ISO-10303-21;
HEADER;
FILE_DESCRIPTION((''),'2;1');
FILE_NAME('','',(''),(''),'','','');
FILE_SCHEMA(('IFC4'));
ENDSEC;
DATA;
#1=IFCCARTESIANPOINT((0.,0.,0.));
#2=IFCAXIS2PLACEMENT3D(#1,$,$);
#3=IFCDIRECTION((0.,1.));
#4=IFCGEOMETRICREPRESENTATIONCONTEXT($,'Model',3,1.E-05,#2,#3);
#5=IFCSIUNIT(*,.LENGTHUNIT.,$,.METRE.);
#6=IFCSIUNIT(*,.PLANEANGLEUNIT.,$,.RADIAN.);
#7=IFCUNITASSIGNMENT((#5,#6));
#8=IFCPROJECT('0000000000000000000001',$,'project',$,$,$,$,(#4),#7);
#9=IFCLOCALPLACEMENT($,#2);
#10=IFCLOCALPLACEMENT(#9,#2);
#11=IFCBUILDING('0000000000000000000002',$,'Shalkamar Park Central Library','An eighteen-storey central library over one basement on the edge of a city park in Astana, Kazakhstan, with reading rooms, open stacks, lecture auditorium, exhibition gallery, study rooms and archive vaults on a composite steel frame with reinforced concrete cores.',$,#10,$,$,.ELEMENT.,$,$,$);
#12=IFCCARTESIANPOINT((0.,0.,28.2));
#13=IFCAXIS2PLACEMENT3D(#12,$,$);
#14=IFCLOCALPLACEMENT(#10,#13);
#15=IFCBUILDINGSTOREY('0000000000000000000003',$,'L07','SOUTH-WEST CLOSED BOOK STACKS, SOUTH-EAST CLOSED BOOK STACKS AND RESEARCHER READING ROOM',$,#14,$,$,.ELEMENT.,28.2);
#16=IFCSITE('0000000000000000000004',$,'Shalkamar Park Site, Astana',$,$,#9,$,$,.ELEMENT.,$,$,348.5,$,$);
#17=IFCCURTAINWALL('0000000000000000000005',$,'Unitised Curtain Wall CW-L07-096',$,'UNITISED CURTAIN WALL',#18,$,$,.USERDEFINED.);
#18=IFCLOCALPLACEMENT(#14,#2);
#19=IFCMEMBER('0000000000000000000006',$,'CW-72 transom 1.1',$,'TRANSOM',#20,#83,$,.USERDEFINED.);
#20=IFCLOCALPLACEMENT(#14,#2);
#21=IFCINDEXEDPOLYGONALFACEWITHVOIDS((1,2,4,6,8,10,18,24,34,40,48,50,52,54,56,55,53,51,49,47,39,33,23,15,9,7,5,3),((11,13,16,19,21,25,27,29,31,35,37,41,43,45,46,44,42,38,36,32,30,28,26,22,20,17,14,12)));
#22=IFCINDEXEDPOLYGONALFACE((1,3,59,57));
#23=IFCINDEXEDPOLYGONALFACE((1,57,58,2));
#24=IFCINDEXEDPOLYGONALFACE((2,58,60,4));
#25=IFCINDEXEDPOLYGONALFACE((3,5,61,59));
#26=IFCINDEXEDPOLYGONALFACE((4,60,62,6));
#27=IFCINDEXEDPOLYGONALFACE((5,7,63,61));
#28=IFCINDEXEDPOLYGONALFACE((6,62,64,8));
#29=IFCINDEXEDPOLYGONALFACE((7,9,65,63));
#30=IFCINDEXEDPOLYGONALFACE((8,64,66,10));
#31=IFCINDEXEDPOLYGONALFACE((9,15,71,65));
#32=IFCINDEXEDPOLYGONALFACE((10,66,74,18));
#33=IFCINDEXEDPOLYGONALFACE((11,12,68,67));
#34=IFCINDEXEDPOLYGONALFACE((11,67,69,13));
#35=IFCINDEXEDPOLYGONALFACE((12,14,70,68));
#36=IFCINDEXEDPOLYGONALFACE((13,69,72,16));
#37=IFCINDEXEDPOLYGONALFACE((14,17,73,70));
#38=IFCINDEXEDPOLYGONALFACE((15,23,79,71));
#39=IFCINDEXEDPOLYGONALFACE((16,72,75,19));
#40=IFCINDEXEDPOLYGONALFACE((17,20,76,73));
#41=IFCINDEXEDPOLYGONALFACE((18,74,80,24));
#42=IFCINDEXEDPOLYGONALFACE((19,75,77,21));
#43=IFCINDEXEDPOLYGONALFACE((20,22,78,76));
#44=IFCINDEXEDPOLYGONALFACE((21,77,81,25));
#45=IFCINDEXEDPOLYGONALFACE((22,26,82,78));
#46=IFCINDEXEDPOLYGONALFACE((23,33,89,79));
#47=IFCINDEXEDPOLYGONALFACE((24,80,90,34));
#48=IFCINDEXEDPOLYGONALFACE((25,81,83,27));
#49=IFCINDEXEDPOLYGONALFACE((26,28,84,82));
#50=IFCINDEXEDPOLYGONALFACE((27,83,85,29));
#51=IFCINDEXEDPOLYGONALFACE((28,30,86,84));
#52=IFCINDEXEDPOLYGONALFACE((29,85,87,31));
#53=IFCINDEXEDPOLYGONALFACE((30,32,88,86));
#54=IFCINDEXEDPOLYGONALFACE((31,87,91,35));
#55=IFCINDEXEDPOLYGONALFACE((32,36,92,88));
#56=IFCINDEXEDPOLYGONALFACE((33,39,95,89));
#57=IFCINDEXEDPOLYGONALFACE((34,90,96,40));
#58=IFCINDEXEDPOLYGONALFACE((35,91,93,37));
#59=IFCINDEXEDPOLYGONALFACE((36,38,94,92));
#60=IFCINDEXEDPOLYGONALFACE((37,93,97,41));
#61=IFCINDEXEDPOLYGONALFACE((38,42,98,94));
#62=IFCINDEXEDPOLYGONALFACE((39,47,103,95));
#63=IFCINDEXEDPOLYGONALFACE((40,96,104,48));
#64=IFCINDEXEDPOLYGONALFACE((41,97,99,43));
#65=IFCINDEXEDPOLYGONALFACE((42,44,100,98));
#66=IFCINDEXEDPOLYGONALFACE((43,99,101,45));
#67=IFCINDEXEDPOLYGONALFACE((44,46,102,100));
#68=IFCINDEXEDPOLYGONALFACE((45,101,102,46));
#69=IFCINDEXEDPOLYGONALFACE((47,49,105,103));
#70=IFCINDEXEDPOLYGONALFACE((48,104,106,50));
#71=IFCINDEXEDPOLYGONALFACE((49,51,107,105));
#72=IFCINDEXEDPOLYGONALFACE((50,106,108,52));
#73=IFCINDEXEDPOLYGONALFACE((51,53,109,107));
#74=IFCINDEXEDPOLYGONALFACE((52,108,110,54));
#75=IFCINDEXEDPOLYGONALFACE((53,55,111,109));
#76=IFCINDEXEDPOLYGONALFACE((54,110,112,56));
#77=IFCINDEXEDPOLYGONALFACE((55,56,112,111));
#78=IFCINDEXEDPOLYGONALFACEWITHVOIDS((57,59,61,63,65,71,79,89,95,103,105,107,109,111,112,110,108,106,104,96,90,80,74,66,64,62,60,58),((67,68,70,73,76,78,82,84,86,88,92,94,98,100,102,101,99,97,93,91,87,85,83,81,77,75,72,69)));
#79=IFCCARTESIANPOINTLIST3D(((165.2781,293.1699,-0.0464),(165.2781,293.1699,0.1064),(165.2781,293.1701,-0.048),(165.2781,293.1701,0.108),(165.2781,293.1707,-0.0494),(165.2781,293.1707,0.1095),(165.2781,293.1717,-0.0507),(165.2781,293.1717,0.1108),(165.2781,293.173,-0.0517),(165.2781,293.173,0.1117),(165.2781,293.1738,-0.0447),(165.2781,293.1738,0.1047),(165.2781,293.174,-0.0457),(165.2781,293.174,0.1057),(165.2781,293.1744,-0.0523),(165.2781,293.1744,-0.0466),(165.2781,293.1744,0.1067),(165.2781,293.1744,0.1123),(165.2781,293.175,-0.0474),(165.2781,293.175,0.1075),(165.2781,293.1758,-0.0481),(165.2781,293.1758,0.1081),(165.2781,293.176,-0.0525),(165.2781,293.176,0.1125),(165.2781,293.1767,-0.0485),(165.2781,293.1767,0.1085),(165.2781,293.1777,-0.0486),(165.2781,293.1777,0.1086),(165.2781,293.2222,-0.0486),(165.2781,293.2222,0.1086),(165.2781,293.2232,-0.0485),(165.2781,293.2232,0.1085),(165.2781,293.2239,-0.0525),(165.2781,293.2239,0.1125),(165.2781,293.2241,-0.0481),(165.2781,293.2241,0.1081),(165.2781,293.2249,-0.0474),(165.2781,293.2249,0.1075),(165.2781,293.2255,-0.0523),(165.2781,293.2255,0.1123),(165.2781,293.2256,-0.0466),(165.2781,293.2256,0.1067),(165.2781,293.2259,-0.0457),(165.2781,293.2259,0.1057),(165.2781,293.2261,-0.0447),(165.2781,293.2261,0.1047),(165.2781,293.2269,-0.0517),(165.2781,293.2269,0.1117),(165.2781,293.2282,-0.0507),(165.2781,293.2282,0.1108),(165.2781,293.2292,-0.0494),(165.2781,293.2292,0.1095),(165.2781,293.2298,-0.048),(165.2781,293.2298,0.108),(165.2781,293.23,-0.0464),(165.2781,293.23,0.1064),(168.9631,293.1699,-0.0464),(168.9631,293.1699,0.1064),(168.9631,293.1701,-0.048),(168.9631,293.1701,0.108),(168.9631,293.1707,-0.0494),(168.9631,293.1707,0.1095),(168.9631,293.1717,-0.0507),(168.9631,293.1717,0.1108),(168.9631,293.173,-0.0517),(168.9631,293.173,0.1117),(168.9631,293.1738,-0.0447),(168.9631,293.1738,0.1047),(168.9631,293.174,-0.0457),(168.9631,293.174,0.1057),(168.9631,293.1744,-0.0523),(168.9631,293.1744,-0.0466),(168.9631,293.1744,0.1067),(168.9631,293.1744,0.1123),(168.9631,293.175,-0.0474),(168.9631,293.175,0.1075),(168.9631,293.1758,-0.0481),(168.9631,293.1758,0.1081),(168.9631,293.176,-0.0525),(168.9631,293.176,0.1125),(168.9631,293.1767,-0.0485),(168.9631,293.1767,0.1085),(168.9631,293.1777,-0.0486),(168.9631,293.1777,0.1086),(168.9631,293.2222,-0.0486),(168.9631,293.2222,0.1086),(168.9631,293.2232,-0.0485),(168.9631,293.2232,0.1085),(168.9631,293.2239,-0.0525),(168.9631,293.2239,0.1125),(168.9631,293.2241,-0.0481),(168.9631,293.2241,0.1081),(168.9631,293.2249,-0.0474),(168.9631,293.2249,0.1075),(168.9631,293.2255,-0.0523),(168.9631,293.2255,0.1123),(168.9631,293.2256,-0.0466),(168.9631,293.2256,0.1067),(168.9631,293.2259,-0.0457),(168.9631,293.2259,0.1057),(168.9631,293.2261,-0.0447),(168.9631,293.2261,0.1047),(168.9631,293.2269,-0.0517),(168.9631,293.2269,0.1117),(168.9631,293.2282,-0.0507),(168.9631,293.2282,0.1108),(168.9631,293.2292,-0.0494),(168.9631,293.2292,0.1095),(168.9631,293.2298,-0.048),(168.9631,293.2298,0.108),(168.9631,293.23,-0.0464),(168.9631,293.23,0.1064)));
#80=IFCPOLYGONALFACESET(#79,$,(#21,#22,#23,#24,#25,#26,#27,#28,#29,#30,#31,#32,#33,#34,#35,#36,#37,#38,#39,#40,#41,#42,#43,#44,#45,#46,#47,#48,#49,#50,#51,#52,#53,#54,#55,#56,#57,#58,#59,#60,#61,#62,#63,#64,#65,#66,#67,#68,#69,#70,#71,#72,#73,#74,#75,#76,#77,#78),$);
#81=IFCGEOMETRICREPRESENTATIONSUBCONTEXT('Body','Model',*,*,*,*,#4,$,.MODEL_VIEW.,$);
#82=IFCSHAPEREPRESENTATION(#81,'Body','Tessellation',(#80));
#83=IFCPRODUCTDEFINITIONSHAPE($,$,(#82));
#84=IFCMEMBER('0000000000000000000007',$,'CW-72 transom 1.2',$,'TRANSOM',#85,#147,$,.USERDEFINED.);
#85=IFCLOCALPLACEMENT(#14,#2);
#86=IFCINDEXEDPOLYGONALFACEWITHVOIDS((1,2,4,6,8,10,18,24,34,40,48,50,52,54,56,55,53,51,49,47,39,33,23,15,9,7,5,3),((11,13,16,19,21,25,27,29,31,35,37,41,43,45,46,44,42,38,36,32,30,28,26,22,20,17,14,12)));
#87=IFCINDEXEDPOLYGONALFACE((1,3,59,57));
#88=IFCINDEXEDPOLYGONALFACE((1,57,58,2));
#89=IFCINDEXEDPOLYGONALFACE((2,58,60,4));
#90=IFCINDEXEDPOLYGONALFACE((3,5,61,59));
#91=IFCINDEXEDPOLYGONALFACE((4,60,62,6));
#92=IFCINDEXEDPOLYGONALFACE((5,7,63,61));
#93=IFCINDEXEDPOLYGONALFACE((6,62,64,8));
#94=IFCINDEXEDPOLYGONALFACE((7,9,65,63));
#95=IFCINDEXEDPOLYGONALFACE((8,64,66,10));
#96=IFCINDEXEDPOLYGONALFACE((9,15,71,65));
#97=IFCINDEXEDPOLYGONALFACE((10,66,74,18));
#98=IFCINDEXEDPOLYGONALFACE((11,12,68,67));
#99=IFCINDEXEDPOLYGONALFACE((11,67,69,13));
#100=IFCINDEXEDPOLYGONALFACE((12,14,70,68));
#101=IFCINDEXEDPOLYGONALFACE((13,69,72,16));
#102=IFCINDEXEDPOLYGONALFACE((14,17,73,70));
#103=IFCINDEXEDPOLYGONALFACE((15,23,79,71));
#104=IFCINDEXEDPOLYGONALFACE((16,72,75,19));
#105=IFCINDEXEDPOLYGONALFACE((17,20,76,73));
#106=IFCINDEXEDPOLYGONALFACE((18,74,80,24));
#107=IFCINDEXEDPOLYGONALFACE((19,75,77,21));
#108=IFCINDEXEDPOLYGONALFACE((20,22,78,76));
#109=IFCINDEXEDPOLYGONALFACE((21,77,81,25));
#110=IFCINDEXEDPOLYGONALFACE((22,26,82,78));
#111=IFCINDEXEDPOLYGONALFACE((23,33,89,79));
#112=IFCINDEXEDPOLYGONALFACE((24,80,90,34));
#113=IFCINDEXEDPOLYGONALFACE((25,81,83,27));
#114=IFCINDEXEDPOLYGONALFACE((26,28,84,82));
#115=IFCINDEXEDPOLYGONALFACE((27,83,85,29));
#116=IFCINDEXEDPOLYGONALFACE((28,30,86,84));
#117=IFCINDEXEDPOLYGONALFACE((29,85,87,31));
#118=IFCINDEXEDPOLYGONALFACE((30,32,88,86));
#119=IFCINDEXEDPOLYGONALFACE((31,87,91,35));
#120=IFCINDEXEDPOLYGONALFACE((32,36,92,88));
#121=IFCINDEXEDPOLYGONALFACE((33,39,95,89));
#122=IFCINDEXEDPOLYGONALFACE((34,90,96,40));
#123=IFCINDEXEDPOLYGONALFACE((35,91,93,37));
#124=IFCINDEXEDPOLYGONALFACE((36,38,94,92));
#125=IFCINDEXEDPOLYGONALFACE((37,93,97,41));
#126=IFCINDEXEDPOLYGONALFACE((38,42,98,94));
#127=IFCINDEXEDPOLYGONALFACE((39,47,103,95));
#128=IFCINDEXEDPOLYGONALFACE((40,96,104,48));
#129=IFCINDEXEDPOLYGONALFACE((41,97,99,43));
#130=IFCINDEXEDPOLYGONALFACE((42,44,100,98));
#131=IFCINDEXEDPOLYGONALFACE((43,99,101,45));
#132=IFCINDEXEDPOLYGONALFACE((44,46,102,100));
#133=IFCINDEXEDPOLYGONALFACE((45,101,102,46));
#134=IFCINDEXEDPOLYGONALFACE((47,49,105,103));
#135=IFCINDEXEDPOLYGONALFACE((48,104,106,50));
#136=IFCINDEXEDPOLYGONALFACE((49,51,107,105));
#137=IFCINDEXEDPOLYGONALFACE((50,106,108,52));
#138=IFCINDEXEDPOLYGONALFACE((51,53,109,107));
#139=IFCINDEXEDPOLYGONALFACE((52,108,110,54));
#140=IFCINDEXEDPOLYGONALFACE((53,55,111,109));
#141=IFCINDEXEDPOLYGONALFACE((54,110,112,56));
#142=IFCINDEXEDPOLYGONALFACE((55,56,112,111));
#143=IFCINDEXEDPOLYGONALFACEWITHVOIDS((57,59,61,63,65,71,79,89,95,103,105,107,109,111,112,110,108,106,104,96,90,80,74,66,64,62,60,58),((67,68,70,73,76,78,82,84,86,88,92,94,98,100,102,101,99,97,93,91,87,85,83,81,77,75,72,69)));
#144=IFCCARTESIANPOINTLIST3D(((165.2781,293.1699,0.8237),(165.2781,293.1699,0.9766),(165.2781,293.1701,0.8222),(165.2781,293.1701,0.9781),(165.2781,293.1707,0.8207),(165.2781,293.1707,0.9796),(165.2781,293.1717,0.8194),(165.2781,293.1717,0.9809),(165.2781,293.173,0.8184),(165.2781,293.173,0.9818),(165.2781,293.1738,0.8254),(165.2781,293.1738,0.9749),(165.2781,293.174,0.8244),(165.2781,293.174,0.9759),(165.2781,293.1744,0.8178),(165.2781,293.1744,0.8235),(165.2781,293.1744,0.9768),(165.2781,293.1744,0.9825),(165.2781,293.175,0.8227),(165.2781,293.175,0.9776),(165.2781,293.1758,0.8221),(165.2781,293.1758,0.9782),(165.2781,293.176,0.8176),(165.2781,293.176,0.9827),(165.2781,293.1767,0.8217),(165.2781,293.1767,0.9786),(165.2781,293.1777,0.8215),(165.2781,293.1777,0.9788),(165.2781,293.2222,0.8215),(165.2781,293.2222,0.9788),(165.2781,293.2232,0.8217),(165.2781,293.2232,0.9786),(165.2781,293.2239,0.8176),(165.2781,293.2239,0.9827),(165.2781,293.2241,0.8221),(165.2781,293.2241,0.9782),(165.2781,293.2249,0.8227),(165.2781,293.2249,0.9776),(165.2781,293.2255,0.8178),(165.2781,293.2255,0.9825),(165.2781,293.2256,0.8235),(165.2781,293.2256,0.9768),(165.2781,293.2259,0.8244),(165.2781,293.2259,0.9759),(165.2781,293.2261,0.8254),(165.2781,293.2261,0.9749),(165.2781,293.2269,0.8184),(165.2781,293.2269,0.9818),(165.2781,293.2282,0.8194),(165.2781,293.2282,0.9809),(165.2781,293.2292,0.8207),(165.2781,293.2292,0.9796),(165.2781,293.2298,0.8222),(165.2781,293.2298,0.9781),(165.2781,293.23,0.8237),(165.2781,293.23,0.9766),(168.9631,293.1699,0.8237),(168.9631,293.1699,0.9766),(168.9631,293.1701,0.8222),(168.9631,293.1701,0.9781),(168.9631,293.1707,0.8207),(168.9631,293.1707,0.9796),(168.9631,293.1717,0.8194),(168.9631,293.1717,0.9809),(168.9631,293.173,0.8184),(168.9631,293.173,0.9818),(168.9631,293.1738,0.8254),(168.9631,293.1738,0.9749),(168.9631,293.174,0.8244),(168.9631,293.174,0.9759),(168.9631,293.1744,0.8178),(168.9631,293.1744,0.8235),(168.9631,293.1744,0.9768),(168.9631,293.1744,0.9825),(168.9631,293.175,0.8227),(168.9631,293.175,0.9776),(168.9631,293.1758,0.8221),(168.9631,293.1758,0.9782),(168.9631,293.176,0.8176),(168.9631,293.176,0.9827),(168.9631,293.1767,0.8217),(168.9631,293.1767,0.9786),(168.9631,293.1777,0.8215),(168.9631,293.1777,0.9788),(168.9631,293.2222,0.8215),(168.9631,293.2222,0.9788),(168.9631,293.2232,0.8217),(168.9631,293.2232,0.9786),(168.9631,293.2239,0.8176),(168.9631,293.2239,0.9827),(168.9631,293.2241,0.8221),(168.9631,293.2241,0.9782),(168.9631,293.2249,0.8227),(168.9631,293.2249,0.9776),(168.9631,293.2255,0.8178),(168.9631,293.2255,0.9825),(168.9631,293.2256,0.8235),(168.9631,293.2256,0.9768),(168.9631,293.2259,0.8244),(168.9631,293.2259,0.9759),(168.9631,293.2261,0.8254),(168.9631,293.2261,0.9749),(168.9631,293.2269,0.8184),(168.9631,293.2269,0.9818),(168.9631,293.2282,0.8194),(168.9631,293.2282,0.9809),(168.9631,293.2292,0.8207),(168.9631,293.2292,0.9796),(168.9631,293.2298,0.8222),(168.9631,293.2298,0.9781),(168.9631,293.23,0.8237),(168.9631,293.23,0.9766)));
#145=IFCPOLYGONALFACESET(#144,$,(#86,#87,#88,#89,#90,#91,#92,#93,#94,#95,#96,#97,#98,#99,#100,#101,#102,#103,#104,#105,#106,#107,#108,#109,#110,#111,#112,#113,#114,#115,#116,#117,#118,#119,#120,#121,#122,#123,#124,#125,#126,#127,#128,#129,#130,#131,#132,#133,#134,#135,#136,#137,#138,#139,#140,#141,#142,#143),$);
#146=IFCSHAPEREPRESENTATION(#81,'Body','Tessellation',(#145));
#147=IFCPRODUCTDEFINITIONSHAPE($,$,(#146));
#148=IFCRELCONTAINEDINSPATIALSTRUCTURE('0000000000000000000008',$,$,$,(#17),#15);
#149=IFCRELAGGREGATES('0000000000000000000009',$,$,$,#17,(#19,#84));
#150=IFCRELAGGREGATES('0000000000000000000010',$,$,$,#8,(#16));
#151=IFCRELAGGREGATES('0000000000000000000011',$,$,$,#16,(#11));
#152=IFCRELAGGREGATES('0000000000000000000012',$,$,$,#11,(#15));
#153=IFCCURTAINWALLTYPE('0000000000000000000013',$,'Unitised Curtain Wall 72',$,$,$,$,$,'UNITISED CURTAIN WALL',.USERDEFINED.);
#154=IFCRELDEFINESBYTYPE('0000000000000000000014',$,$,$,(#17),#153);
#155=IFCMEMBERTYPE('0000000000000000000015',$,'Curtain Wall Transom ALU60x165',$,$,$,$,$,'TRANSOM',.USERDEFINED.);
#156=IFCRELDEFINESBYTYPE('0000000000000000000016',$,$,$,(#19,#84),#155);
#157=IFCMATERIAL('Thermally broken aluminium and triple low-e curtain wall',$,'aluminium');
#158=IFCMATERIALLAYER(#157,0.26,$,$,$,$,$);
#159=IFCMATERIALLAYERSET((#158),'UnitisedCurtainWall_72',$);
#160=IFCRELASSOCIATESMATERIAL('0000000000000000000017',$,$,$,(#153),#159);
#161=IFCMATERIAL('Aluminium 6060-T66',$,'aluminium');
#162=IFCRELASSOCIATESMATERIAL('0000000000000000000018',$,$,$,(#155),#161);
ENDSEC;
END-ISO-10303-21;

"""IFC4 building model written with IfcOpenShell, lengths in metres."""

from ifc_helpers import new_model, si_unit, direction, frame, origin, origin_2d, place, context, subcontext, project, spatial, hollow_rectangle, extrude, material, layer, layer_set, material_profile, profile_set, type_object, element, aggregate, save


model = new_model("IFC4")

# Units and contexts
model_context = context("Model", 3, precision=1e-05, world=origin(), true_north=direction((0.0, 1.0)))
body_context = subcontext(model_context, "Body", "Model", "MODEL_VIEW")
ifc_project = project(units=[si_unit("LENGTHUNIT", "METRE"), si_unit("PLANEANGLEUNIT", "RADIAN")], contexts=[model_context])

# Site, building, storey
site_placement = place(None, origin())
site = spatial("IfcSite", under=ifc_project, at=site_placement, Name="Shalkamar Park Site, Astana", CompositionType="ELEMENT", RefElevation=348.5)
building_placement = place(site_placement, origin())
building = spatial("IfcBuilding", under=site, at=building_placement, Name="Shalkamar Park Central Library", Description="An eighteen-storey central library over one basement on the edge of a city park in Astana, Kazakhstan, with reading rooms, open stacks, lecture auditorium, exhibition gallery, study rooms and archive vaults on a composite steel frame with reinforced concrete cores.", CompositionType="ELEMENT")
storey_placement = place(building_placement, frame((0.0, 0.0, 28.2)))
storey = spatial("IfcBuildingStorey", under=building, at=storey_placement, Name="L07", Description="SOUTH-WEST CLOSED BOOK STACKS, SOUTH-EAST CLOSED BOOK STACKS AND RESEARCHER READING ROOM", CompositionType="ELEMENT", Elevation=28.2)

# Curtain wall
ifc_material_1 = material(Name="Thermally broken aluminium and triple low-e curtain wall", Category="aluminium")
ifc_layer_1 = layer(ifc_material_1, 0.26)
ifc_layer_set_1 = layer_set([ifc_layer_1], Name="UnitisedCurtainWall_72")
curtain_wall_type_1 = type_object("IfcCurtainWallType", Name="Unitised Curtain Wall 72", ElementType="UNITISED CURTAIN WALL", PredefinedType="USERDEFINED", material=ifc_layer_set_1)
curtain_wall_1_placement = place(storey_placement, origin())
curtain_wall_1 = element("IfcCurtainWall", 1, at=curtain_wall_1_placement, inside=storey, type_object=curtain_wall_type_1, Name="Unitised Curtain Wall CW-L07-096", ObjectType="UNITISED CURTAIN WALL", PredefinedType="USERDEFINED")
ifc_material_2 = material(Name="Aluminium 6060-T66", Category="aluminium")

# Members
ifc_material_profile_1 = material_profile(ifc_material_2, hollow_rectangle(XDim=0.0601, YDim=0.165, WallThickness=0.0039, InnerFilletRadius=0.0039, OuterFilletRadius=0.0061, at=origin_2d()), Name="ALU 60x165x4")
ifc_profile_set_1 = profile_set([ifc_material_profile_1], Name="Aluminium 6060-T66")
member_type_1 = type_object("IfcMemberType", Name="Curtain Wall Transom ALU60x165", ElementType="TRANSOM", PredefinedType="USERDEFINED", material=ifc_profile_set_1)
member_1_placement = place(storey_placement, frame((165.2781, 293.2, 0.03), z_axis=(1.0, 0.0, 0.0), x_axis=(0.0, 1.0, 0.0)))
member_1 = element("IfcMember", 2, at=member_1_placement, type_object=member_type_1, Name="CW-72 transom 1.1", ObjectType="TRANSOM", PredefinedType="USERDEFINED", context=body_context, shape_type="SweptSolid", body=[
    extrude(hollow_rectangle(XDim=0.0601, YDim=0.165, WallThickness=0.0039, InnerFilletRadius=0.0039, OuterFilletRadius=0.0061, at=origin_2d()), origin(), (0.0, 0.0, 1.0), 3.6851),
])
member_2_placement = place(storey_placement, frame((165.2781, 293.2, 0.9001), z_axis=(1.0, 0.0, 0.0), x_axis=(0.0, 1.0, 0.0)))
member_2 = element("IfcMember", 3, at=member_2_placement, type_object=member_type_1, Name="CW-72 transom 1.2", ObjectType="TRANSOM", PredefinedType="USERDEFINED", context=body_context, shape_type="SweptSolid", body=[
    extrude(hollow_rectangle(XDim=0.0601, YDim=0.165, WallThickness=0.0039, InnerFilletRadius=0.0039, OuterFilletRadius=0.0061, at=origin_2d()), origin(), (0.0, 0.0, 1.0), 3.6851),
])

aggregate(curtain_wall_1, [member_1, member_2])

save(model, "model.ifc")
